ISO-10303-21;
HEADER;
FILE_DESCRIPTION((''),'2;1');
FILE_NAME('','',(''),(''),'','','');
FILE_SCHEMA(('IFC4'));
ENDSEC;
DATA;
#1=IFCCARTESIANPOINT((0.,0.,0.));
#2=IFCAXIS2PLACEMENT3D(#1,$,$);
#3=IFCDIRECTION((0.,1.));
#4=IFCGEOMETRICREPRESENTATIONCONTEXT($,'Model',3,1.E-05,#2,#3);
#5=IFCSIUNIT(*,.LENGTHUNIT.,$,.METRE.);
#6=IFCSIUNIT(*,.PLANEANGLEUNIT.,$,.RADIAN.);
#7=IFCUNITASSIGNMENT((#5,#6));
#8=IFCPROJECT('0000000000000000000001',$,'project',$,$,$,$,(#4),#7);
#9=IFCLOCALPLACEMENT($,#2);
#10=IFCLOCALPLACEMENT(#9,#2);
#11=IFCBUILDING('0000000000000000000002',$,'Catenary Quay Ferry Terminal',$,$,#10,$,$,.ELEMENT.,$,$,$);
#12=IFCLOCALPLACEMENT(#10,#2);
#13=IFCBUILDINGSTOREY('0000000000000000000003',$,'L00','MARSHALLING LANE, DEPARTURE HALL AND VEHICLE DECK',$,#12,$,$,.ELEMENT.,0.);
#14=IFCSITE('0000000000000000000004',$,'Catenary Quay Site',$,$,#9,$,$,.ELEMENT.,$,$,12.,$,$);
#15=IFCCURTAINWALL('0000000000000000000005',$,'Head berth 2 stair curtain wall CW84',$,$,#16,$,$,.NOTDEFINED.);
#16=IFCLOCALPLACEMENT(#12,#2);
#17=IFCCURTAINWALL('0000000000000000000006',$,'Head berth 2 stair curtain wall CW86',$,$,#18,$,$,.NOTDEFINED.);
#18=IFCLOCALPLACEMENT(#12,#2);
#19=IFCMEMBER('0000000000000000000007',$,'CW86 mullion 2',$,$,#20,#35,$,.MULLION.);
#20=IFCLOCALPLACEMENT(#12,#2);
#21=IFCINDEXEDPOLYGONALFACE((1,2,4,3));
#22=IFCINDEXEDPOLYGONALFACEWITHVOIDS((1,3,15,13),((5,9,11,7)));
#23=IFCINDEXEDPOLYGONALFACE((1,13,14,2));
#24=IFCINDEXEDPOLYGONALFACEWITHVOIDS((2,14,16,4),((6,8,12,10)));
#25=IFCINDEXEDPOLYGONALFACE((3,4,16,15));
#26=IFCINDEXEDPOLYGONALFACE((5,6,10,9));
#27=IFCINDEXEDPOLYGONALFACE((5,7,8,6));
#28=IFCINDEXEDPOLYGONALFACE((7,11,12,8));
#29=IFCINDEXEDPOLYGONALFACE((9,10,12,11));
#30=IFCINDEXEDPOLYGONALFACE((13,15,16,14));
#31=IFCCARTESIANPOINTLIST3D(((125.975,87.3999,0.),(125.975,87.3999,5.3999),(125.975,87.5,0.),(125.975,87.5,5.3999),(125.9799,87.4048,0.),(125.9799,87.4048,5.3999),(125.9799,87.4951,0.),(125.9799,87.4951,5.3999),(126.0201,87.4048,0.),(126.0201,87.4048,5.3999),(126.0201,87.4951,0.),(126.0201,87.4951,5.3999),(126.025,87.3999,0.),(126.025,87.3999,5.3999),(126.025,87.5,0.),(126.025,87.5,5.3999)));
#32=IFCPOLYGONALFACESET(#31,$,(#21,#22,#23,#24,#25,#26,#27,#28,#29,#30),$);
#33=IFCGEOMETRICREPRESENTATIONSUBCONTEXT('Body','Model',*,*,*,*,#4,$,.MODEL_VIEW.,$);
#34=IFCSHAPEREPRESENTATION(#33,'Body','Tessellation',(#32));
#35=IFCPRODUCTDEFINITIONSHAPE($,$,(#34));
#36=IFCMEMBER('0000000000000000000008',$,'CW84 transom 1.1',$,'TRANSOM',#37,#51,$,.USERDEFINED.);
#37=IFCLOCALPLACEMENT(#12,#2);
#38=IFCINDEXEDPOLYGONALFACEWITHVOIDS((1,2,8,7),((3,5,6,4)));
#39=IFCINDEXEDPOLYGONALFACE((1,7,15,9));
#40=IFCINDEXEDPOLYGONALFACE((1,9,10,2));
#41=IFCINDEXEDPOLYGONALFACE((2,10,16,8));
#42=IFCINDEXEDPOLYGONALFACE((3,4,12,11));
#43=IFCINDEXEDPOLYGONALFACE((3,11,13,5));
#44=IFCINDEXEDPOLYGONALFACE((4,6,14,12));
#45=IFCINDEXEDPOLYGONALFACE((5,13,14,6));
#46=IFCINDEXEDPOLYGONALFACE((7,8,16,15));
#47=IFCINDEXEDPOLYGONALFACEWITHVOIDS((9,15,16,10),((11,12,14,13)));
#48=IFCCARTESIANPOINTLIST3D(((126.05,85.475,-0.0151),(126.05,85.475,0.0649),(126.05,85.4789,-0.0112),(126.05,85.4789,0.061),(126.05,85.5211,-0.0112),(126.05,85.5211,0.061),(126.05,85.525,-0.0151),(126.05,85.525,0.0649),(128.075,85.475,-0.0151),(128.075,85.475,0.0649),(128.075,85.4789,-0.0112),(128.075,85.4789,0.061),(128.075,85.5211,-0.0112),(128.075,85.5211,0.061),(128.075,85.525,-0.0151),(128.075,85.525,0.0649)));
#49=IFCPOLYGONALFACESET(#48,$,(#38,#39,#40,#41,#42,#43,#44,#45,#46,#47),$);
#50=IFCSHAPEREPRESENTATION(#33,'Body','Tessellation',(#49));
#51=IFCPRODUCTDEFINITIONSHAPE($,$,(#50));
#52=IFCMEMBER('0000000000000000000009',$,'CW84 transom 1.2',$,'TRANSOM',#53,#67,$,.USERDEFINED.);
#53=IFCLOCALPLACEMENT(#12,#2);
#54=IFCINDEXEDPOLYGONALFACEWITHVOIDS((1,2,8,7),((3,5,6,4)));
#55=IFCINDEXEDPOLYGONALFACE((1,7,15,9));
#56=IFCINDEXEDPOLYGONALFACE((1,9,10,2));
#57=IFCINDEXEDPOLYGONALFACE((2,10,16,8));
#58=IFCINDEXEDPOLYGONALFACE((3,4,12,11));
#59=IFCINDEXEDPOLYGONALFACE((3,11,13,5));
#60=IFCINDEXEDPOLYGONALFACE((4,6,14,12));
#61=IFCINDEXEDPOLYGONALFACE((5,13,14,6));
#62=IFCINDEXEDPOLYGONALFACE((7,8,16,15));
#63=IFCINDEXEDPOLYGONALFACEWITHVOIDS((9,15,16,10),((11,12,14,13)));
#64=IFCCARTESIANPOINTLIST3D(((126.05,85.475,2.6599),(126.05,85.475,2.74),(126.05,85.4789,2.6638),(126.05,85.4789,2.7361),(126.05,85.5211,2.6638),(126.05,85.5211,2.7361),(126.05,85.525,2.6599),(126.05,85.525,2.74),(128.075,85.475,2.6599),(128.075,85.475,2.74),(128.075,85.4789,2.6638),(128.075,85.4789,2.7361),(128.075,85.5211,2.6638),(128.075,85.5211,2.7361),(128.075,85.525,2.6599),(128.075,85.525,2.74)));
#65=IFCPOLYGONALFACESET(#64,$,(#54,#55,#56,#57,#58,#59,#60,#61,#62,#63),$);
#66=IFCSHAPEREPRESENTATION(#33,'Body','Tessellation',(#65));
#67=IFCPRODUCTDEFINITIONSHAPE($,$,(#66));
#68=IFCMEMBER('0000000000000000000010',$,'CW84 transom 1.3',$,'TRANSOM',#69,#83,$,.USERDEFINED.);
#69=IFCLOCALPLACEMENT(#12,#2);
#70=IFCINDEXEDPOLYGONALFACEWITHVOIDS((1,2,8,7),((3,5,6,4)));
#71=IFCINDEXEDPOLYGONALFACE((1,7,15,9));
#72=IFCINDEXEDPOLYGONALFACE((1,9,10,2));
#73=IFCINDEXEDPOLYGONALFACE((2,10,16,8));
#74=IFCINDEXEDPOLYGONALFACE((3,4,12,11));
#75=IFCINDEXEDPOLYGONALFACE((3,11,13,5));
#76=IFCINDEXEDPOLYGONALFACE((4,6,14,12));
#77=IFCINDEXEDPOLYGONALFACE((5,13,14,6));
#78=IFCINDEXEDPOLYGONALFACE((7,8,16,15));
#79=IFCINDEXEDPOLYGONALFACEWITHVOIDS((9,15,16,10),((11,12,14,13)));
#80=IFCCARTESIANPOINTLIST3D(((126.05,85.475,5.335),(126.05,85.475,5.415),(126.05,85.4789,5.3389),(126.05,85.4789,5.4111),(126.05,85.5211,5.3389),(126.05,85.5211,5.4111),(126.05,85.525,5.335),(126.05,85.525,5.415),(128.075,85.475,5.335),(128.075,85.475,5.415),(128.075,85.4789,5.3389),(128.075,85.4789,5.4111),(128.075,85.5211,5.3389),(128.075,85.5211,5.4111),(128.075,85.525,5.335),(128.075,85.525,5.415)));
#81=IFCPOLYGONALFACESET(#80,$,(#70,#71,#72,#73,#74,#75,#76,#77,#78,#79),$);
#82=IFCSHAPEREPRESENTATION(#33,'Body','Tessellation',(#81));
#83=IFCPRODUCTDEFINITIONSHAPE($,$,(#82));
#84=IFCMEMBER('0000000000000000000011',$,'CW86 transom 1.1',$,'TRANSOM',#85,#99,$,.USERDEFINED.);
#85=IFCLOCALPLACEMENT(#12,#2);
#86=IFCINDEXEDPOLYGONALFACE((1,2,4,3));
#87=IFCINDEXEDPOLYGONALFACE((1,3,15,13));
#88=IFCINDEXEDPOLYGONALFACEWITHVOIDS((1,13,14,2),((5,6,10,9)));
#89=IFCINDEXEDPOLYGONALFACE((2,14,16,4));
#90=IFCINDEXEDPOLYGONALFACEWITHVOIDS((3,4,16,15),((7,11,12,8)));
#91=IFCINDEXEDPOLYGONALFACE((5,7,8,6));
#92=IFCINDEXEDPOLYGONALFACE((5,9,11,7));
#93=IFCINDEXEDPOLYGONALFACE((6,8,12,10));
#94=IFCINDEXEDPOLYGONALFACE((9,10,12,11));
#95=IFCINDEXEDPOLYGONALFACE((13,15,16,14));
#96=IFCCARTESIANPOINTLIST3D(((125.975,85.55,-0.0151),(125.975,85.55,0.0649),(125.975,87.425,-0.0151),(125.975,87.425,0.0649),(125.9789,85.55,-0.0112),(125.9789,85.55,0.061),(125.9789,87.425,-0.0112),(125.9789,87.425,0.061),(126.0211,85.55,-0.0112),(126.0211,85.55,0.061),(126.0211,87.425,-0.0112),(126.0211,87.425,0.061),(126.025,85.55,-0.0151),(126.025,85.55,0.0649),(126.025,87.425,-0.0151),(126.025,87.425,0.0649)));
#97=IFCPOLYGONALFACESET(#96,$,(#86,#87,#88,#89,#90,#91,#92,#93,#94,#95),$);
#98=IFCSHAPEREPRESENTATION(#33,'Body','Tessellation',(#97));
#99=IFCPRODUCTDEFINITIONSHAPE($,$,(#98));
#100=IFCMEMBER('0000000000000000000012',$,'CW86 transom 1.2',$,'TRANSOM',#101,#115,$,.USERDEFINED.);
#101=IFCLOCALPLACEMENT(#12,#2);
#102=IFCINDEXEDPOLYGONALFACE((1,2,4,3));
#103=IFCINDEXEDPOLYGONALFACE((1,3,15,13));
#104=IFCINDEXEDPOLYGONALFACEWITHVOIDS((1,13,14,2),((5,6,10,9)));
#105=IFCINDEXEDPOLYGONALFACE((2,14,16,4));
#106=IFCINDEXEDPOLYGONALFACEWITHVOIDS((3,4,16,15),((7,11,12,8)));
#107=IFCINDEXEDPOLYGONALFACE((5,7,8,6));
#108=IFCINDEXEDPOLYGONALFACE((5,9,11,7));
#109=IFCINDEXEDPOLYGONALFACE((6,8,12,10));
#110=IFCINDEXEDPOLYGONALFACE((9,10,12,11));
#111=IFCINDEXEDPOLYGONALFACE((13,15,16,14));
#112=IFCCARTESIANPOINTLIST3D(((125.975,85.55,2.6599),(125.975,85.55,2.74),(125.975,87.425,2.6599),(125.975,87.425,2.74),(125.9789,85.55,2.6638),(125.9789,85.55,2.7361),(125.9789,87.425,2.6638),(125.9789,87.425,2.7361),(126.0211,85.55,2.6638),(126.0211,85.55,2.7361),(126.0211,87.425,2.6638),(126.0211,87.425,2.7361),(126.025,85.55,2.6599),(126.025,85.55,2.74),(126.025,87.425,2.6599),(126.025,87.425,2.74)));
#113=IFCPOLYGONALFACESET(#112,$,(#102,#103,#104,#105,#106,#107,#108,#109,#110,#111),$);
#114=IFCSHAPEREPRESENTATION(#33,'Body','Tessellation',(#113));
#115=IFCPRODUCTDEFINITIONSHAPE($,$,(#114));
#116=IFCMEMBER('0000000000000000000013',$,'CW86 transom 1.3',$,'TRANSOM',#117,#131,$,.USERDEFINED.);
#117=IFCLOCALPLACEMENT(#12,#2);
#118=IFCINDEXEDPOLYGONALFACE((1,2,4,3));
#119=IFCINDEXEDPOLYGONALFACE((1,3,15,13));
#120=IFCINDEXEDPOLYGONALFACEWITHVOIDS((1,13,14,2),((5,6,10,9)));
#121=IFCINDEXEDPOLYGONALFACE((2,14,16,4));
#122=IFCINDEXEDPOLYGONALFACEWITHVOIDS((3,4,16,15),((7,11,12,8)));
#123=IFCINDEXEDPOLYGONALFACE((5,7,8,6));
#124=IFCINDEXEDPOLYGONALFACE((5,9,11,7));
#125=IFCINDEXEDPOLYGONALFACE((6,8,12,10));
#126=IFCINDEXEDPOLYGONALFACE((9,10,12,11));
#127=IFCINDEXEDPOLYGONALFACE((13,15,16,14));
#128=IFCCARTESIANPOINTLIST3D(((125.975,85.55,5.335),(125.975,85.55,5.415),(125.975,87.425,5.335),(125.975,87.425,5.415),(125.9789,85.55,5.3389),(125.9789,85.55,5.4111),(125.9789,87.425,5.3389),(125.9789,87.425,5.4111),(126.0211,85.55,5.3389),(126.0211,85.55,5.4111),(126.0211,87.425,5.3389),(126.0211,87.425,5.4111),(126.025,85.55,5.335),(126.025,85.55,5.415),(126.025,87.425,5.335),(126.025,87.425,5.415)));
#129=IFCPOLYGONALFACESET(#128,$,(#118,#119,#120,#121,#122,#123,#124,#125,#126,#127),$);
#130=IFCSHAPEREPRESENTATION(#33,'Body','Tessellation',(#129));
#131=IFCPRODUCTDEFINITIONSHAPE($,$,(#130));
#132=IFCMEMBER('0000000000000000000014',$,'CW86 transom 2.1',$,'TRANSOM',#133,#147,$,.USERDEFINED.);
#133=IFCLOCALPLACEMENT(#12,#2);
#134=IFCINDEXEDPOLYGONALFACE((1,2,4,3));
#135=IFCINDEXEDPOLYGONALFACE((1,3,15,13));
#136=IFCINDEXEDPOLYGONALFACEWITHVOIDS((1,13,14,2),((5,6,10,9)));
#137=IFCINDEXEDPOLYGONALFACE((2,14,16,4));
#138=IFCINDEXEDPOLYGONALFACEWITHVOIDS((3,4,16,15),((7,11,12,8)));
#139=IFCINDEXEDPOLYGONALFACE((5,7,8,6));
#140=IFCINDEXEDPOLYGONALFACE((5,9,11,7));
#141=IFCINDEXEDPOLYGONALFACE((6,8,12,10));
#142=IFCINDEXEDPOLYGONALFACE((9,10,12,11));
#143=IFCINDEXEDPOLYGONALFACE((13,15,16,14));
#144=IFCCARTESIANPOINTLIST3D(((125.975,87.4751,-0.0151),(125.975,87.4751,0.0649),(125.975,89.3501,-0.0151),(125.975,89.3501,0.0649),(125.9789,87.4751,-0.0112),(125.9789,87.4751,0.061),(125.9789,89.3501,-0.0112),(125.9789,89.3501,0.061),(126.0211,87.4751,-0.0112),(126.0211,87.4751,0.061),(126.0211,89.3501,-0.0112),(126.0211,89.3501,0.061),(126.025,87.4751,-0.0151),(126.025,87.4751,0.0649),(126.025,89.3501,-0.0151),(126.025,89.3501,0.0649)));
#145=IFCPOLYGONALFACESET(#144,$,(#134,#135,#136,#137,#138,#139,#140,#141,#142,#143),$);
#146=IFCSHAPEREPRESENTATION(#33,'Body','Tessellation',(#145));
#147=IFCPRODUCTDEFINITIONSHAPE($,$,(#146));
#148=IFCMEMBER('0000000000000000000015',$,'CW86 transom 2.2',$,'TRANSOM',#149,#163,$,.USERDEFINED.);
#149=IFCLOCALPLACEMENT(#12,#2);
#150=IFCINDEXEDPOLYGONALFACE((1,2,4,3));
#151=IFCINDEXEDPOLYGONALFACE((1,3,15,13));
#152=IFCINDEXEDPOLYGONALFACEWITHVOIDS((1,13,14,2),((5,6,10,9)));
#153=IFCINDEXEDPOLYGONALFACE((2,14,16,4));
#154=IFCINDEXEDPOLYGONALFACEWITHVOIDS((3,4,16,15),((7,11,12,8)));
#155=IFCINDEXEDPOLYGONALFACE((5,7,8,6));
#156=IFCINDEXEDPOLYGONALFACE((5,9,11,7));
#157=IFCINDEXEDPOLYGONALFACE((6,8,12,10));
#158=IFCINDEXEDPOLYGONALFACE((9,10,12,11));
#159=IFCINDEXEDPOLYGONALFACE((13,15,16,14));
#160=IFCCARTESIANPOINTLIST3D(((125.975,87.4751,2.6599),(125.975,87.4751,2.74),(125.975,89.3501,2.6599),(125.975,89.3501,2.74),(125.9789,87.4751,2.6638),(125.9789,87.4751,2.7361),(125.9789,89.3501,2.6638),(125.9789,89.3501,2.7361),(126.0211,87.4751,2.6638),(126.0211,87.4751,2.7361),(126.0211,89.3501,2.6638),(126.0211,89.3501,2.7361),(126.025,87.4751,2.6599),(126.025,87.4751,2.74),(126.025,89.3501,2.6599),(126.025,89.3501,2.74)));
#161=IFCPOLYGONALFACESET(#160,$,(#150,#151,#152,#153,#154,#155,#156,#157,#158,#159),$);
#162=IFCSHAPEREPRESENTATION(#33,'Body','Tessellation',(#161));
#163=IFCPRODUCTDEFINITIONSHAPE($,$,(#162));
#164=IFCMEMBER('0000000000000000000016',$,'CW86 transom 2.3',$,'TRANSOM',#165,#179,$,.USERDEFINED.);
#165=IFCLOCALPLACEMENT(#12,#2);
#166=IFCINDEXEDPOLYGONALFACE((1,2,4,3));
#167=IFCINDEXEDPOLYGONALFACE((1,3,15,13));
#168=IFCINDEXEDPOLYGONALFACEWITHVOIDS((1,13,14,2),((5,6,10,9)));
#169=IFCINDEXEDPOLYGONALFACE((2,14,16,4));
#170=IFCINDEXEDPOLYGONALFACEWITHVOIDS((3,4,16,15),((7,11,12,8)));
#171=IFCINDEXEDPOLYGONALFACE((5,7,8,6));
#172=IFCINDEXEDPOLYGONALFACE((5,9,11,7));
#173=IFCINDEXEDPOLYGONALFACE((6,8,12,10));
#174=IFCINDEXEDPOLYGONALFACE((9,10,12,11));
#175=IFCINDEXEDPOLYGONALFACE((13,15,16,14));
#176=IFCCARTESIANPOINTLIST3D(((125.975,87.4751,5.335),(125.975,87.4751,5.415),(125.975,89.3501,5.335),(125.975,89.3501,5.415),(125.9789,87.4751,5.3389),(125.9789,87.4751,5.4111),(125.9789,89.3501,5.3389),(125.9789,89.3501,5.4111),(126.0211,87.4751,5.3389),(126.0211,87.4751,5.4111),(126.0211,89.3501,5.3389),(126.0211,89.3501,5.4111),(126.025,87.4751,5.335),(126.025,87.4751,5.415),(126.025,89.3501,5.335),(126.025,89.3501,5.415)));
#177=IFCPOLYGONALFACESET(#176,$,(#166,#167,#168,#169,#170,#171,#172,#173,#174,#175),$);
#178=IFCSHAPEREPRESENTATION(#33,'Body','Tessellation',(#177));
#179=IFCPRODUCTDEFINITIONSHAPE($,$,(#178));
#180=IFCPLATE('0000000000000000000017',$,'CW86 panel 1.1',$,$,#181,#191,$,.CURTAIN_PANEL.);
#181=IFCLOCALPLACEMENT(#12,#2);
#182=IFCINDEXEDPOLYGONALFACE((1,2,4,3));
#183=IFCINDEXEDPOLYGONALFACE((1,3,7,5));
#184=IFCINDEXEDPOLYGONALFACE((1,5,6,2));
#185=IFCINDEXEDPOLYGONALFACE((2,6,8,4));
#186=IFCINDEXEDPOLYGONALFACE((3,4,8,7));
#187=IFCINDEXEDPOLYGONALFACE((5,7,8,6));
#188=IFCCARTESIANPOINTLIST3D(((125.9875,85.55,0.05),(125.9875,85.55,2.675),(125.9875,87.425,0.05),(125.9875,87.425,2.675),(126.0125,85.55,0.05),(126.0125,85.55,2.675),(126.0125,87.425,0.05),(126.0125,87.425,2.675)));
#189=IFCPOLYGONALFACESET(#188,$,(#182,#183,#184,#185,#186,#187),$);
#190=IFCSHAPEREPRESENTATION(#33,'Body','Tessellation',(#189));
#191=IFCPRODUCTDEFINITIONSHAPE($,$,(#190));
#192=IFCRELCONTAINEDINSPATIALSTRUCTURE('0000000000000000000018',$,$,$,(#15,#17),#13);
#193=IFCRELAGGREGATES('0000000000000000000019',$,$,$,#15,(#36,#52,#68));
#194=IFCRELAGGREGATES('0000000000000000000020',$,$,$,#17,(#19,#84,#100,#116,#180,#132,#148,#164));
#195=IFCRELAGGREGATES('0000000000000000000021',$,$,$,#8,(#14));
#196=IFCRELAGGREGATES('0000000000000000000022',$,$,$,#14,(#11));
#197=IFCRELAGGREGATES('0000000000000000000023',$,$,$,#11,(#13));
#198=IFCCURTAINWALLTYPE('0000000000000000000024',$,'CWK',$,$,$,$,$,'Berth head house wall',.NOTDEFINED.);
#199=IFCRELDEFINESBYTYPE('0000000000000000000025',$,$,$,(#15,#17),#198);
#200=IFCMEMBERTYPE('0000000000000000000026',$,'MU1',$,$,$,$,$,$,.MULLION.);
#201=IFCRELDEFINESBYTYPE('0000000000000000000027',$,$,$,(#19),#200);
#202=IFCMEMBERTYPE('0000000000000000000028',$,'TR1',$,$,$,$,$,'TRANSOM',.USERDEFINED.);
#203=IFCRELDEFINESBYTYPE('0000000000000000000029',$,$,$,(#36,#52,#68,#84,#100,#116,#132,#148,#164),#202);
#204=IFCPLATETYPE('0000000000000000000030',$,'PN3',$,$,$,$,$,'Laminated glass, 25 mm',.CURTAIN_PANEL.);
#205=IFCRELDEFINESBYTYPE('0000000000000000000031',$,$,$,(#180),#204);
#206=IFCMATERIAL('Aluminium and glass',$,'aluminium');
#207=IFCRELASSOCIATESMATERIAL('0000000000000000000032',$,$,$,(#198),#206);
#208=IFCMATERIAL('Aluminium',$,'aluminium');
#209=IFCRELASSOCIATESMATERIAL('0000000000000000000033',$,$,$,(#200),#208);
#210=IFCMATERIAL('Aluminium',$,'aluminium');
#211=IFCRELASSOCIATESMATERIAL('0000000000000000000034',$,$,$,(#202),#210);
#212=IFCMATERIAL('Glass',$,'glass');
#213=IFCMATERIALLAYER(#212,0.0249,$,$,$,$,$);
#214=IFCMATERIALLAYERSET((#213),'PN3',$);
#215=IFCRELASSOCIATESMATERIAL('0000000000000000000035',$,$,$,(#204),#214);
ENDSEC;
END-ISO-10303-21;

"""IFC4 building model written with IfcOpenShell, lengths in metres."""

from ifc_helpers import new_model, si_unit, direction, frame, origin, origin_2d, place, context, subcontext, project, spatial, rectangle, hollow_rectangle, extrude, material, layer, layer_set, material_profile, profile_set, type_object, element, aggregate, save


model = new_model("IFC4")

# Units and contexts
model_context = context("Model", 3, precision=1e-05, world=origin(), true_north=direction((0.0, 1.0)))
body_context = subcontext(model_context, "Body", "Model", "MODEL_VIEW")
ifc_project = project(units=[si_unit("LENGTHUNIT", "METRE"), si_unit("PLANEANGLEUNIT", "RADIAN")], contexts=[model_context])

# Site, building, storey
site_placement = place(None, origin())
site = spatial("IfcSite", under=ifc_project, at=site_placement, Name="Catenary Quay Site", CompositionType="ELEMENT", RefElevation=12.0)
building_placement = place(site_placement, origin())
building = spatial("IfcBuilding", under=site, at=building_placement, Name="Catenary Quay Ferry Terminal", CompositionType="ELEMENT")
storey_placement = place(building_placement, origin())
storey = spatial("IfcBuildingStorey", under=building, at=storey_placement, Name="L00", Description="MARSHALLING LANE, DEPARTURE HALL AND VEHICLE DECK", CompositionType="ELEMENT", Elevation=0.0)

# Curtain wall
ifc_material_1 = material(Name="Aluminium and glass", Category="aluminium")
curtain_wall_type = type_object("IfcCurtainWallType", Name="CWK", ElementType="Berth head house wall", PredefinedType="NOTDEFINED", material=ifc_material_1)
curtain_wall_1_placement = place(storey_placement, origin())
curtain_wall_1 = element("IfcCurtainWall", 1, at=curtain_wall_1_placement, inside=storey, type_object=curtain_wall_type, Name="Head berth 2 stair curtain wall CW84", PredefinedType="NOTDEFINED")
ifc_material_2 = material(Name="Aluminium", Category="aluminium")
ifc_material_profile_1 = material_profile(ifc_material_2, hollow_rectangle(XDim=0.05, YDim=0.1001, WallThickness=0.0049, at=origin_2d()), Name="MU1")
ifc_profile_set_1 = profile_set([ifc_material_profile_1], Name="Aluminium")
member_type_1 = type_object("IfcMemberType", Name="MU1", PredefinedType="MULLION", material=ifc_profile_set_1)

# Curtain wall, member
curtain_wall_2_placement = place(storey_placement, origin())
curtain_wall_2 = element("IfcCurtainWall", 2, at=curtain_wall_2_placement, inside=storey, type_object=curtain_wall_type, Name="Head berth 2 stair curtain wall CW86", PredefinedType="NOTDEFINED")
member_1_placement = place(storey_placement, frame((126.0, 87.45, 0.0), z_axis=(0.0, 0.0, 1.0), x_axis=(-1.0, 0.0, 0.0)))
member_1 = element("IfcMember", 3, at=member_1_placement, type_object=member_type_1, Name="CW86 mullion 2", PredefinedType="MULLION", context=body_context, shape_type="SweptSolid", body=[
    extrude(hollow_rectangle(XDim=0.05, YDim=0.1001, WallThickness=0.0049, at=origin_2d()), origin(), (0.0, 0.0, 1.0), 5.3999),
])

# Members
ifc_material_3 = material(Name="Aluminium", Category="aluminium")
ifc_material_profile_2 = material_profile(ifc_material_3, hollow_rectangle(XDim=0.05, YDim=0.0801, WallThickness=0.0039, at=origin_2d()), Name="TR1")
ifc_profile_set_2 = profile_set([ifc_material_profile_2], Name="Aluminium")
member_type_2 = type_object("IfcMemberType", Name="TR1", ElementType="TRANSOM", PredefinedType="USERDEFINED", material=ifc_profile_set_2)
member_2_placement = place(storey_placement, frame((126.05, 85.5, 0.0249), z_axis=(1.0, 0.0, 0.0), x_axis=(0.0, 1.0, 0.0)))
member_2 = element("IfcMember", 4, at=member_2_placement, type_object=member_type_2, Name="CW84 transom 1.1", ObjectType="TRANSOM", PredefinedType="USERDEFINED", context=body_context, shape_type="SweptSolid", body=[
    extrude(hollow_rectangle(XDim=0.05, YDim=0.0801, WallThickness=0.0039, at=origin_2d()), origin(), (0.0, 0.0, 1.0), 2.0249),
])
member_3_placement = place(storey_placement, frame((126.05, 85.5, 2.7), z_axis=(1.0, 0.0, 0.0), x_axis=(0.0, 1.0, 0.0)))
member_3 = element("IfcMember", 5, at=member_3_placement, type_object=member_type_2, Name="CW84 transom 1.2", ObjectType="TRANSOM", PredefinedType="USERDEFINED", context=body_context, shape_type="SweptSolid", body=[
    extrude(hollow_rectangle(XDim=0.05, YDim=0.0801, WallThickness=0.0039, at=origin_2d()), origin(), (0.0, 0.0, 1.0), 2.0249),
])
member_4_placement = place(storey_placement, frame((126.05, 85.5, 5.375), z_axis=(1.0, 0.0, 0.0), x_axis=(0.0, 1.0, 0.0)))
member_4 = element("IfcMember", 6, at=member_4_placement, type_object=member_type_2, Name="CW84 transom 1.3", ObjectType="TRANSOM", PredefinedType="USERDEFINED", context=body_context, shape_type="SweptSolid", body=[
    extrude(hollow_rectangle(XDim=0.05, YDim=0.0801, WallThickness=0.0039, at=origin_2d()), origin(), (0.0, 0.0, 1.0), 2.0249),
])
aggregate(curtain_wall_1, [member_2, member_3, member_4])
member_5_placement = place(storey_placement, frame((126.0, 85.55, 0.0249), z_axis=(0.0, 1.0, 0.0), x_axis=(-1.0, 0.0, 0.0)))
member_5 = element("IfcMember", 7, at=member_5_placement, type_object=member_type_2, Name="CW86 transom 1.1", ObjectType="TRANSOM", PredefinedType="USERDEFINED", context=body_context, shape_type="SweptSolid", body=[
    extrude(hollow_rectangle(XDim=0.05, YDim=0.0801, WallThickness=0.0039, at=origin_2d()), origin(), (0.0, 0.0, 1.0), 1.875),
])
member_6_placement = place(storey_placement, frame((126.0, 85.55, 2.7), z_axis=(0.0, 1.0, 0.0), x_axis=(-1.0, 0.0, 0.0)))
member_6 = element("IfcMember", 8, at=member_6_placement, type_object=member_type_2, Name="CW86 transom 1.2", ObjectType="TRANSOM", PredefinedType="USERDEFINED", context=body_context, shape_type="SweptSolid", body=[
    extrude(hollow_rectangle(XDim=0.05, YDim=0.0801, WallThickness=0.0039, at=origin_2d()), origin(), (0.0, 0.0, 1.0), 1.875),
])
member_7_placement = place(storey_placement, frame((126.0, 85.55, 5.375), z_axis=(0.0, 1.0, 0.0), x_axis=(-1.0, 0.0, 0.0)))
member_7 = element("IfcMember", 9, at=member_7_placement, type_object=member_type_2, Name="CW86 transom 1.3", ObjectType="TRANSOM", PredefinedType="USERDEFINED", context=body_context, shape_type="SweptSolid", body=[
    extrude(hollow_rectangle(XDim=0.05, YDim=0.0801, WallThickness=0.0039, at=origin_2d()), origin(), (0.0, 0.0, 1.0), 1.875),
])
member_8_placement = place(storey_placement, frame((126.0, 87.4751, 0.0249), z_axis=(0.0, 1.0, 0.0), x_axis=(-1.0, 0.0, 0.0)))
member_8 = element("IfcMember", 10, at=member_8_placement, type_object=member_type_2, Name="CW86 transom 2.1", ObjectType="TRANSOM", PredefinedType="USERDEFINED", context=body_context, shape_type="SweptSolid", body=[
    extrude(hollow_rectangle(XDim=0.05, YDim=0.0801, WallThickness=0.0039, at=origin_2d()), origin(), (0.0, 0.0, 1.0), 1.875),
])
member_9_placement = place(storey_placement, frame((126.0, 87.4751, 2.7), z_axis=(0.0, 1.0, 0.0), x_axis=(-1.0, 0.0, 0.0)))
member_9 = element("IfcMember", 11, at=member_9_placement, type_object=member_type_2, Name="CW86 transom 2.2", ObjectType="TRANSOM", PredefinedType="USERDEFINED", context=body_context, shape_type="SweptSolid", body=[
    extrude(hollow_rectangle(XDim=0.05, YDim=0.0801, WallThickness=0.0039, at=origin_2d()), origin(), (0.0, 0.0, 1.0), 1.875),
])
member_10_placement = place(storey_placement, frame((126.0, 87.4751, 5.375), z_axis=(0.0, 1.0, 0.0), x_axis=(-1.0, 0.0, 0.0)))
member_10 = element("IfcMember", 12, at=member_10_placement, type_object=member_type_2, Name="CW86 transom 2.3", ObjectType="TRANSOM", PredefinedType="USERDEFINED", context=body_context, shape_type="SweptSolid", body=[
    extrude(hollow_rectangle(XDim=0.05, YDim=0.0801, WallThickness=0.0039, at=origin_2d()), origin(), (0.0, 0.0, 1.0), 1.875),
])

# Plate
ifc_material_4 = material(Name="Glass", Category="glass")
ifc_layer_1 = layer(ifc_material_4, 0.0249)
ifc_layer_set_1 = layer_set([ifc_layer_1], Name="PN3")
plate_type = type_object("IfcPlateType", Name="PN3", ElementType="Laminated glass, 25 mm", PredefinedType="CURTAIN_PANEL", material=ifc_layer_set_1)
plate_1_placement = place(storey_placement, frame((126.0, 86.4875, 0.05), z_axis=(0.0, 0.0, 1.0), x_axis=(0.0, 1.0, 0.0)))
plate_1 = element("IfcPlate", 13, at=plate_1_placement, type_object=plate_type, Name="CW86 panel 1.1", PredefinedType="CURTAIN_PANEL", context=body_context, shape_type="SweptSolid", body=[
    extrude(rectangle(XDim=1.875, YDim=0.0249, at=origin_2d()), origin(), (0.0, 0.0, 1.0), 2.625),
])
aggregate(curtain_wall_2, [member_1, member_5, member_6, member_7, plate_1, member_8, member_9, member_10])

save(model, "model.ifc")
